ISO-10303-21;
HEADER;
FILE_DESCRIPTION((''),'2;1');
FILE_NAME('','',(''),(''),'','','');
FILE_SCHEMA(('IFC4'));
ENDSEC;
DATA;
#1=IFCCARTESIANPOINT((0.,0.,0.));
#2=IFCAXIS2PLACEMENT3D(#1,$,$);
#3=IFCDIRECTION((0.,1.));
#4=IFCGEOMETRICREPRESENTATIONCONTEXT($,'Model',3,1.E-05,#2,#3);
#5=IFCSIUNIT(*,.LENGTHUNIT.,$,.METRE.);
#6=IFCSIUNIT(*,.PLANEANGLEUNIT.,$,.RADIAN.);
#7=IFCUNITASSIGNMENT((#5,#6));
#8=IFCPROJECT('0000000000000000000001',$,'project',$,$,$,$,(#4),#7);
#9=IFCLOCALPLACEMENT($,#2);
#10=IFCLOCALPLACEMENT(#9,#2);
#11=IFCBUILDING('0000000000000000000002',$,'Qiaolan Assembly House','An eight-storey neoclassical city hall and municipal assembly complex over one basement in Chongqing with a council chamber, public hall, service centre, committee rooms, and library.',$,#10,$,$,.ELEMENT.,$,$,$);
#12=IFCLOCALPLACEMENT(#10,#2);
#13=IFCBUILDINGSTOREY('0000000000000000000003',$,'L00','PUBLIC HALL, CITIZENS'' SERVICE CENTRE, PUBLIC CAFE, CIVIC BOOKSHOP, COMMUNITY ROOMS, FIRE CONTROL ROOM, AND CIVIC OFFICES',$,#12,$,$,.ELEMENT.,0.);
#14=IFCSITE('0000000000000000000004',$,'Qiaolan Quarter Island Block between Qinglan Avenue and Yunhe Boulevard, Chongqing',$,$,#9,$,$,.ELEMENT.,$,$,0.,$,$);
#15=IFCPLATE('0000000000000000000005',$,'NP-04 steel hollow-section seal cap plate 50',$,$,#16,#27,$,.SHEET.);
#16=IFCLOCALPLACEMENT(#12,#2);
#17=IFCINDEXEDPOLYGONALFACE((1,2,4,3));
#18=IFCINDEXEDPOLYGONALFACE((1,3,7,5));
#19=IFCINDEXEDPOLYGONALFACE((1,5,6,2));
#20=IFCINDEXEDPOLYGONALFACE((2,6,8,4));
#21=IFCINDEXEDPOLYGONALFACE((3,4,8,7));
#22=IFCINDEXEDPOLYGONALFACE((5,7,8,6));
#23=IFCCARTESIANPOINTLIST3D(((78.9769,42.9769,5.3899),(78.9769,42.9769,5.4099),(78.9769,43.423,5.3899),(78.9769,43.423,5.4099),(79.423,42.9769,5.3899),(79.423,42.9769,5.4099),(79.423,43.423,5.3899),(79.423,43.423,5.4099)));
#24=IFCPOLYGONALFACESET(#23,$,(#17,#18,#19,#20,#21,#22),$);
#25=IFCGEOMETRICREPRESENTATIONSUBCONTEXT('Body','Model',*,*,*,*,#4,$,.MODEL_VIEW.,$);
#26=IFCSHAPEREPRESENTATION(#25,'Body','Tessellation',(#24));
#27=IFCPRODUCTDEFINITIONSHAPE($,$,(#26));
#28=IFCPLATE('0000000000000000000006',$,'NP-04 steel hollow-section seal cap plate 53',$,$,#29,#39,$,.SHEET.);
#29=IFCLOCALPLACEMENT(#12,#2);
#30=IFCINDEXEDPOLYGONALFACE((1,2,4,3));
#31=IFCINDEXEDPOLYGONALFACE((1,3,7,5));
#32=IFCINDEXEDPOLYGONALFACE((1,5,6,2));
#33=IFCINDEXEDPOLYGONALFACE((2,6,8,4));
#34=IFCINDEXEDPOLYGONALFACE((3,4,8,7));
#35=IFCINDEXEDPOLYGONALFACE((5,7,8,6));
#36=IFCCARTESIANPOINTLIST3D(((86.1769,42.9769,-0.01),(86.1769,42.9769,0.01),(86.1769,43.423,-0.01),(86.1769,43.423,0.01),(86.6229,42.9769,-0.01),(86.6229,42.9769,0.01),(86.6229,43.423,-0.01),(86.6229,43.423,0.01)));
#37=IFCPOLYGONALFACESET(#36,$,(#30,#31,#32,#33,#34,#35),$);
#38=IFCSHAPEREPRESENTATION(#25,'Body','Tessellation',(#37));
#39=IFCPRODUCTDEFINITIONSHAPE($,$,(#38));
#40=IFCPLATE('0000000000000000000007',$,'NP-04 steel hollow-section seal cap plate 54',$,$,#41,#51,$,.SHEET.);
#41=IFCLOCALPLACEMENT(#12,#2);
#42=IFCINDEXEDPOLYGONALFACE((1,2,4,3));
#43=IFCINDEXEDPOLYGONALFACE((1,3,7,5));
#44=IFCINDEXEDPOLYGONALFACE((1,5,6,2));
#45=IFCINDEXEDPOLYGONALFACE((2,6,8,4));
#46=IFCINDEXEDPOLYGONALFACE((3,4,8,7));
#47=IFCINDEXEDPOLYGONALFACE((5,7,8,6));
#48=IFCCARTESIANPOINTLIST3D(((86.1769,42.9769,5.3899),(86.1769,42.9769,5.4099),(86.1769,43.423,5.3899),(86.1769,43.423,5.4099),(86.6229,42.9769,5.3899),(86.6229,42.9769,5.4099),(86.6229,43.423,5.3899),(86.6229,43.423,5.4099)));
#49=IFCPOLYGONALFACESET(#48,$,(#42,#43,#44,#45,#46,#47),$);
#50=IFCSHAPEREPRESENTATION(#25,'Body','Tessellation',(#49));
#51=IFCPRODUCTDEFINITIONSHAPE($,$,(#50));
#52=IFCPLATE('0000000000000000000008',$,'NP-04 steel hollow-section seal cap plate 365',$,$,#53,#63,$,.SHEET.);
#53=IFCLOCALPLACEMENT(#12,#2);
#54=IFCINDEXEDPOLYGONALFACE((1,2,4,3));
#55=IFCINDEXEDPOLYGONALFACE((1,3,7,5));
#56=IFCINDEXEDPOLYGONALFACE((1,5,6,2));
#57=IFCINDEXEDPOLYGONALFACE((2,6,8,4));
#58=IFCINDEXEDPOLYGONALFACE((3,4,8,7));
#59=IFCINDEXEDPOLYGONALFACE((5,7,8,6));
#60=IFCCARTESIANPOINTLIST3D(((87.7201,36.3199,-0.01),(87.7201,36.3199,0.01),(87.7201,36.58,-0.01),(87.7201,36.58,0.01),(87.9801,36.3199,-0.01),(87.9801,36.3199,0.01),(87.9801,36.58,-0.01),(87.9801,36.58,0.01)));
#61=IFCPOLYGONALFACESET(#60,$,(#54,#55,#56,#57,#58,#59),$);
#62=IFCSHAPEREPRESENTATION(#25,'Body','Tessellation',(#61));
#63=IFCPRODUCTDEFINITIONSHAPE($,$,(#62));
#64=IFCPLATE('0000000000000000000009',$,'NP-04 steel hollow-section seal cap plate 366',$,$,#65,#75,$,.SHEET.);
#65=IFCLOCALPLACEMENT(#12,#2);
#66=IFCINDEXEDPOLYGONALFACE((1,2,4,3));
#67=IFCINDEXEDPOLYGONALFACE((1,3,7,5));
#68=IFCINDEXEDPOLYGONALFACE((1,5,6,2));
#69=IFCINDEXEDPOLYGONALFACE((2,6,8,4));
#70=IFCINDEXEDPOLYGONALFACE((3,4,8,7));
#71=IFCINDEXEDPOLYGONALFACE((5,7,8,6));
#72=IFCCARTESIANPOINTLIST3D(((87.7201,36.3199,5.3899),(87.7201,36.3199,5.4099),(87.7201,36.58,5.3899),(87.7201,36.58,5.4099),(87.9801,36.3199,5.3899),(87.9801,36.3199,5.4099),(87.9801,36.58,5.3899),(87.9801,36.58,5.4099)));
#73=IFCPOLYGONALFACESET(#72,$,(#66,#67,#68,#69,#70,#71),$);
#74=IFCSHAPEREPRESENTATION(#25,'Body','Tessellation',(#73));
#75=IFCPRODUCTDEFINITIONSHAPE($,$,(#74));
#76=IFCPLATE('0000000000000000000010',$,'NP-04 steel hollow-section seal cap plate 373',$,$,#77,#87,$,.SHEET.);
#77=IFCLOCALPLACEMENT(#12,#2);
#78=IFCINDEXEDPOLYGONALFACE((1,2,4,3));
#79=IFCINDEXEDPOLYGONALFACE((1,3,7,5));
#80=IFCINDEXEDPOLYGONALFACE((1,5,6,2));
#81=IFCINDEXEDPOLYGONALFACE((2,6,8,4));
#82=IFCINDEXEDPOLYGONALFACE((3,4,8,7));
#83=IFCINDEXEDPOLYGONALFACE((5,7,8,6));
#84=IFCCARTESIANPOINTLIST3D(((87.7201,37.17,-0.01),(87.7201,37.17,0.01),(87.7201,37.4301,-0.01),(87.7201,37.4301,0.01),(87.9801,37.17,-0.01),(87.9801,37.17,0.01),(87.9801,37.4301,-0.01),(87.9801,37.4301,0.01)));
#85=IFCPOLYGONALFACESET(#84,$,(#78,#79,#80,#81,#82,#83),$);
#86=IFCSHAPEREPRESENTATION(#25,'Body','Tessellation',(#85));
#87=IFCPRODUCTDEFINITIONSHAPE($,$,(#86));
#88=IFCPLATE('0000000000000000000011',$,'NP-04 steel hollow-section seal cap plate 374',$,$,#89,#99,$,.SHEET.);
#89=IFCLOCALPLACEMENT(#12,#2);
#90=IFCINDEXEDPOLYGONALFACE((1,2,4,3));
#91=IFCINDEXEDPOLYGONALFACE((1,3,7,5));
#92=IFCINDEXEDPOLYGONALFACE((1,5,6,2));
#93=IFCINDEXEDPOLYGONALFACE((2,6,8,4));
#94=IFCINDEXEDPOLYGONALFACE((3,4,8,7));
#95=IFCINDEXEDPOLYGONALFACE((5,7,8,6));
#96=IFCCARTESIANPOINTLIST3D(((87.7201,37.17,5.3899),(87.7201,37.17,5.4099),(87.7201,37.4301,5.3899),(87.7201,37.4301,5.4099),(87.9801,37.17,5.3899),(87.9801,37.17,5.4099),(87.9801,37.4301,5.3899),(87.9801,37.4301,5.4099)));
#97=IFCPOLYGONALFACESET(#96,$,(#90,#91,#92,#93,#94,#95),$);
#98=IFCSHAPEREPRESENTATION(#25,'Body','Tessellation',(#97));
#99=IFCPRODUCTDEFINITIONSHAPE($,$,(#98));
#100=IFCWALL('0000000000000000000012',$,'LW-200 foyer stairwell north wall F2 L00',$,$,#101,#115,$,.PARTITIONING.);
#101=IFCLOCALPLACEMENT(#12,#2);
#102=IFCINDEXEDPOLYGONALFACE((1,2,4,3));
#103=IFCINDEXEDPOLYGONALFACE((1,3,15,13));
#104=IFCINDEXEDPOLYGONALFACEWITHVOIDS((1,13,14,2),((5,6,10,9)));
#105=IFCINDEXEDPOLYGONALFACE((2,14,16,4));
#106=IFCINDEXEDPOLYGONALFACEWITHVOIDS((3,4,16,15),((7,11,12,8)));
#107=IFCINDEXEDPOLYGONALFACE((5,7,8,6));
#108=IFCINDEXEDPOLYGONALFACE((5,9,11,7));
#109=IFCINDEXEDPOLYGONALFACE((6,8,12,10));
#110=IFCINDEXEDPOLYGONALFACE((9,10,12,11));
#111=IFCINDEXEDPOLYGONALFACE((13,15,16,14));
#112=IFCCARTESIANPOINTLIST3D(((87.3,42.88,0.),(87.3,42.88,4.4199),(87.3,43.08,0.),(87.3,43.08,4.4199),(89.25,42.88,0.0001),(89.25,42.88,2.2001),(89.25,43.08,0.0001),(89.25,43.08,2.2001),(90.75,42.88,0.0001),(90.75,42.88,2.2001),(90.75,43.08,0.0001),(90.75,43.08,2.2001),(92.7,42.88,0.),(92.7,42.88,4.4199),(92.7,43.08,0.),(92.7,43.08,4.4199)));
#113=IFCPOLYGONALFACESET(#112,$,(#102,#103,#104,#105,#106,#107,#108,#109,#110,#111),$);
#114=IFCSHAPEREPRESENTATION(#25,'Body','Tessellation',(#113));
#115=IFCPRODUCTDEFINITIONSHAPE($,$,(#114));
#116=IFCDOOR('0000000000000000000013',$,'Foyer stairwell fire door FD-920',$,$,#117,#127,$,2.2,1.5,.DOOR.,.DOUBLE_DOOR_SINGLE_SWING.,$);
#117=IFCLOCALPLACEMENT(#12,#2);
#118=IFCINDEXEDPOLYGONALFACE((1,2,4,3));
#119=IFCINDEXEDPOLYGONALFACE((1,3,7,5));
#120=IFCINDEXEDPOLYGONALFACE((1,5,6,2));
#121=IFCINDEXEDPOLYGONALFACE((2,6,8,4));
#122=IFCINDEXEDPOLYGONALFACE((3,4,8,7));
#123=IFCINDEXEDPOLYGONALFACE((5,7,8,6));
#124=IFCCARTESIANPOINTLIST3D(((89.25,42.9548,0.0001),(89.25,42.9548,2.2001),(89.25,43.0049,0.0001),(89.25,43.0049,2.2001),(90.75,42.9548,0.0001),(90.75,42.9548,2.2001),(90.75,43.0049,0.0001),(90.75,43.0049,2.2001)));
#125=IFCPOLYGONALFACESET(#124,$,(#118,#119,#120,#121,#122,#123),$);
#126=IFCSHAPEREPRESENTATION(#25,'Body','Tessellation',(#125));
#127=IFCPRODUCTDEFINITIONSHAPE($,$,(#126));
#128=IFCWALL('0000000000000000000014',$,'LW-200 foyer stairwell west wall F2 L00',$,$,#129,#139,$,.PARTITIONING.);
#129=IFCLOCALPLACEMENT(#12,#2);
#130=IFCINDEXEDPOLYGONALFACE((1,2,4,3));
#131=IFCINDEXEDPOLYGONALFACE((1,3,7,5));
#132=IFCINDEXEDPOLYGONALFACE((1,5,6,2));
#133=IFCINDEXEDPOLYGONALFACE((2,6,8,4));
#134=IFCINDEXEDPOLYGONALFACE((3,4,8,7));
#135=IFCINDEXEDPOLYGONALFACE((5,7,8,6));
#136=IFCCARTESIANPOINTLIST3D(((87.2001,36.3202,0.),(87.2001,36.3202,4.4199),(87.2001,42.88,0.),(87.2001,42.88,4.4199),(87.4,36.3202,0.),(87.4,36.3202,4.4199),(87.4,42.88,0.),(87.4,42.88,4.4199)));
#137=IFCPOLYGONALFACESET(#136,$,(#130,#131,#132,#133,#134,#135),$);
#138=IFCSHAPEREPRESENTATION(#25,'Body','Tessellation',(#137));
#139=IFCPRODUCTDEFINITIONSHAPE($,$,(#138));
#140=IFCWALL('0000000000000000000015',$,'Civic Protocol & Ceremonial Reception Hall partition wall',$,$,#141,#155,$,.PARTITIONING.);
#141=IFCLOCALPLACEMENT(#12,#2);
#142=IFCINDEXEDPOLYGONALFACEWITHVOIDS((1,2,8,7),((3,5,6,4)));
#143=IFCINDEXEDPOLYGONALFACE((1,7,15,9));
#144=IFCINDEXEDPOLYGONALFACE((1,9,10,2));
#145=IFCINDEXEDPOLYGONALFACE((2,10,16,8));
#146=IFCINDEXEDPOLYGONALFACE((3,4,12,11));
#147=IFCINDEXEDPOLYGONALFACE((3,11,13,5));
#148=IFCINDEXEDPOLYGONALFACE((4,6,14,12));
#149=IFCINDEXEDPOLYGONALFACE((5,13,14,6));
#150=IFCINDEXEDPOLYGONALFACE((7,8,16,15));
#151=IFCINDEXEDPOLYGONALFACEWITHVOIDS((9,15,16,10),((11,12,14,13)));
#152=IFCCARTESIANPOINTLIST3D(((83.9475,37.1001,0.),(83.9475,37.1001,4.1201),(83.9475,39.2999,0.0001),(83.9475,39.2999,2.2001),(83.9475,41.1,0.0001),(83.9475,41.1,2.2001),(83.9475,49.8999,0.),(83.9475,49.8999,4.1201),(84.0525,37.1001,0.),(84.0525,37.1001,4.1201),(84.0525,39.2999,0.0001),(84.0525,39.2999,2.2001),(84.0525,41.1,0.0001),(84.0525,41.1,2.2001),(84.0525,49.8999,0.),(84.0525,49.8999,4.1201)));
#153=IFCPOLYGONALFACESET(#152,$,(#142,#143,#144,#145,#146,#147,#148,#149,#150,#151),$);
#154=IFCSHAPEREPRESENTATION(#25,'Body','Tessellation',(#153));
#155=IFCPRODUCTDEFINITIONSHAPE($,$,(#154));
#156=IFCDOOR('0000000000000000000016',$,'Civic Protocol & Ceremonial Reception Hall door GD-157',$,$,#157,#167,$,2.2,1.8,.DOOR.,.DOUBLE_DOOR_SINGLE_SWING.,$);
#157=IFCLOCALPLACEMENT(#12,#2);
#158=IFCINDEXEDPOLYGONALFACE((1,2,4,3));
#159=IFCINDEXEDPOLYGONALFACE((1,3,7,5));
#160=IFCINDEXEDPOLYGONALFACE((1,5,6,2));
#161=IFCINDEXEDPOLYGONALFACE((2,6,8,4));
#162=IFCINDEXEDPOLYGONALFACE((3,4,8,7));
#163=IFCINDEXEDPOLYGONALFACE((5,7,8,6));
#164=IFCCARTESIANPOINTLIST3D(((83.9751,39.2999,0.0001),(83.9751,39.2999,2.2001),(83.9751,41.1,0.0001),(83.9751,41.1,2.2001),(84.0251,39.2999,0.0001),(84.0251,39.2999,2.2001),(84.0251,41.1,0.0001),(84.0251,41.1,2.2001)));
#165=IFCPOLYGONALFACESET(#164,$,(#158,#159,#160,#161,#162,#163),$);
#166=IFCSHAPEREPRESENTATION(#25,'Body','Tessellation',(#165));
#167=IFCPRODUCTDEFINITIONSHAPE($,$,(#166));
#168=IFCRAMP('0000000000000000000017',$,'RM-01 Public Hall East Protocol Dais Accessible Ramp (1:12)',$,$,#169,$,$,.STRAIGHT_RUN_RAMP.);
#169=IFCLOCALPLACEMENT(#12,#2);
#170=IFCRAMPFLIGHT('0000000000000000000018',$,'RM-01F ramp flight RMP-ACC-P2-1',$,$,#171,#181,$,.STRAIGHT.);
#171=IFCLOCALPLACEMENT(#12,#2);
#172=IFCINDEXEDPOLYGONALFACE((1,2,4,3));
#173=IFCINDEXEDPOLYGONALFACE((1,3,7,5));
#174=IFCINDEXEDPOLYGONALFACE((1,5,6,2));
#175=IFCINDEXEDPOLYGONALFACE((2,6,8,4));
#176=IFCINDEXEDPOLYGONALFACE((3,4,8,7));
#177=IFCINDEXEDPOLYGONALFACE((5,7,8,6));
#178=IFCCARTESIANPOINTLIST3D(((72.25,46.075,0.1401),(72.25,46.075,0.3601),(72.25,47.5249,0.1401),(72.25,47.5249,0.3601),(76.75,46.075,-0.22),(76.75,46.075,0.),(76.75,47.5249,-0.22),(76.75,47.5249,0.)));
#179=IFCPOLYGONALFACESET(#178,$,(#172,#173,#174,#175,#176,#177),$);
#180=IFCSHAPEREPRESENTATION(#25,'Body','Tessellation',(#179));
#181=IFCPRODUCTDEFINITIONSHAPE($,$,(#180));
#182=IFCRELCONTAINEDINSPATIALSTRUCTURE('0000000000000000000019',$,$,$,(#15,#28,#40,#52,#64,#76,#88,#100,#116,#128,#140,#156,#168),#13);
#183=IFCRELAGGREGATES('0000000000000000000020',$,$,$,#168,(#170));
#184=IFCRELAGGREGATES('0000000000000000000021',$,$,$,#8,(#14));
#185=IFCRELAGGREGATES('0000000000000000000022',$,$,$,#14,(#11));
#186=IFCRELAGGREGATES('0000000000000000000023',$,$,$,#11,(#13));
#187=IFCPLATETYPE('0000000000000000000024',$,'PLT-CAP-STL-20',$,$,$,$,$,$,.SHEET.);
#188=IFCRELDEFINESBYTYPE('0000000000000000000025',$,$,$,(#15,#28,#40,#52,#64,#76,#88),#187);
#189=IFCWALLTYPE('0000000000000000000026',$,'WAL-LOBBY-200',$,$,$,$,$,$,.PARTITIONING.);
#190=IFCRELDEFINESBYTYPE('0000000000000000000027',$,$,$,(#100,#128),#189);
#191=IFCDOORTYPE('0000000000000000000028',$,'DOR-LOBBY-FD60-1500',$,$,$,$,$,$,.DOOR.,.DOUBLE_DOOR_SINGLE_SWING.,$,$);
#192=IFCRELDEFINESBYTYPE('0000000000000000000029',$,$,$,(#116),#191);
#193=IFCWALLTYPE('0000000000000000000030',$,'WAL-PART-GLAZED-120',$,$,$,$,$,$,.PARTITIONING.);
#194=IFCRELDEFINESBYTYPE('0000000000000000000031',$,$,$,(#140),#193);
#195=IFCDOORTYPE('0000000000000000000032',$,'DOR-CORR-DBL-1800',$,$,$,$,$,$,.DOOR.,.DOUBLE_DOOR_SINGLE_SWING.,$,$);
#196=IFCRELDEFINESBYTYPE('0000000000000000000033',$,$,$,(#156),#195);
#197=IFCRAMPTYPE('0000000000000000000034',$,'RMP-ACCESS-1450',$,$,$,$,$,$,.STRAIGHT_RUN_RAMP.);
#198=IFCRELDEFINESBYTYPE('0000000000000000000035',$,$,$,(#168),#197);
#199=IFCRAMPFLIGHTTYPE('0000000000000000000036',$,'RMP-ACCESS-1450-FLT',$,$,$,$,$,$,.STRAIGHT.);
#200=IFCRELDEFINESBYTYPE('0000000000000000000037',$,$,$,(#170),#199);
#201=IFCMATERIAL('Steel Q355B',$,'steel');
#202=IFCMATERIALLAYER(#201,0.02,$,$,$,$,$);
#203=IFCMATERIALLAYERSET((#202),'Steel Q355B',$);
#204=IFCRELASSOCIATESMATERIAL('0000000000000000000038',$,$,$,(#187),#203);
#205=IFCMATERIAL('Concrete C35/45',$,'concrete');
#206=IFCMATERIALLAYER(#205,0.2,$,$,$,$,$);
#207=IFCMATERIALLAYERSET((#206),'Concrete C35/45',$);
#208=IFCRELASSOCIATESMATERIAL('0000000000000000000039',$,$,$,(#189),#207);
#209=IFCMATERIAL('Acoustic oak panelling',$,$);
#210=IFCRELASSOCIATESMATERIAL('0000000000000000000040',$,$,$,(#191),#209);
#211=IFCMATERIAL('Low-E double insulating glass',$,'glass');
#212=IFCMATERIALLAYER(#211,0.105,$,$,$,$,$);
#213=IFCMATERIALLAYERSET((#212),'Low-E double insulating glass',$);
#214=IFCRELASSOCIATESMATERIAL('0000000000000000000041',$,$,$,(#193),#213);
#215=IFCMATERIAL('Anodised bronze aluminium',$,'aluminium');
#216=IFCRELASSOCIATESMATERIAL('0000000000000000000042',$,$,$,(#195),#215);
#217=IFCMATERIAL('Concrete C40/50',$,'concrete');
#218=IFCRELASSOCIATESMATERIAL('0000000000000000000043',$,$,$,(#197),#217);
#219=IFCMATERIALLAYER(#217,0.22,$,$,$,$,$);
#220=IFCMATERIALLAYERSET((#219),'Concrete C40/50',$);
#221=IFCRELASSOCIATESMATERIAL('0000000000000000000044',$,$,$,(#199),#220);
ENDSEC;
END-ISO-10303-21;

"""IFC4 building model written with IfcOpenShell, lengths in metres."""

from ifc_helpers import new_model, si_unit, direction, frame, frame_2d, origin, origin_2d, place, context, subcontext, project, spatial, polyline, rectangle, outline, extrude, material, layer, layer_set, type_object, element, fill, aggregate, save


model = new_model("IFC4")

# Units and contexts
model_context = context("Model", 3, precision=1e-05, world=origin(), true_north=direction((0.0, 1.0)))
body_context = subcontext(model_context, "Body", "Model", "MODEL_VIEW")
ifc_project = project(units=[si_unit("LENGTHUNIT", "METRE"), si_unit("PLANEANGLEUNIT", "RADIAN")], contexts=[model_context])

# Site, building, storey
site_placement = place(None, origin())
site = spatial("IfcSite", under=ifc_project, at=site_placement, Name="Qiaolan Quarter Island Block between Qinglan Avenue and Yunhe Boulevard, Chongqing", CompositionType="ELEMENT", RefElevation=0.0)
building_placement = place(site_placement, origin())
building = spatial("IfcBuilding", under=site, at=building_placement, Name="Qiaolan Assembly House", Description="An eight-storey neoclassical city hall and municipal assembly complex over one basement in Chongqing with a council chamber, public hall, service centre, committee rooms, and library.", CompositionType="ELEMENT")
storey_placement = place(building_placement, origin())
storey = spatial("IfcBuildingStorey", under=building, at=storey_placement, Name="L00", Description="PUBLIC HALL, CITIZENS' SERVICE CENTRE, PUBLIC CAFE, CIVIC BOOKSHOP, COMMUNITY ROOMS, FIRE CONTROL ROOM, AND CIVIC OFFICES", CompositionType="ELEMENT", Elevation=0.0)

# Shared definitions
ifc_material_1 = material(Name="Steel Q355B", Category="steel")

# Plates
ifc_layer_1 = layer(ifc_material_1, 0.02)
ifc_layer_set_1 = layer_set([ifc_layer_1], Name="Steel Q355B")
plate_type = type_object("IfcPlateType", Name="PLT-CAP-STL-20", PredefinedType="SHEET", material=ifc_layer_set_1)
for number, where, z_axis, x_axis, name in (
    (1, (79.2, 43.2, 5.3899), (0.0, 0.0, 1.0), (1.0, 0.0, 0.0), "NP-04 steel hollow-section seal cap plate 50"),
    (2, (86.3999, 43.2, -0.01), (0.0, 0.0, 1.0), (1.0, 0.0, 0.0), "NP-04 steel hollow-section seal cap plate 53"),
    (3, (86.3999, 43.2, 5.3899), (0.0, 0.0, 1.0), (1.0, 0.0, 0.0), "NP-04 steel hollow-section seal cap plate 54"),
):
    element("IfcPlate", number, at=place(storey_placement, frame(where, z_axis=z_axis, x_axis=x_axis)), inside=storey, type_object=plate_type, Name=name, PredefinedType="SHEET", context=body_context, shape_type="SweptSolid", body=[
        extrude(rectangle(XDim=0.446, YDim=0.446, at=origin_2d()), origin(), (0.0, 0.0, 1.0), 0.02),
    ])
for number, where, z_axis, x_axis, name in (
    (4, (87.8501, 36.45, -0.01), (0.0, 0.0, 1.0), (1.0, 0.0, 0.0), "NP-04 steel hollow-section seal cap plate 365"),
    (5, (87.8501, 36.45, 5.3899), (0.0, 0.0, 1.0), (1.0, 0.0, 0.0), "NP-04 steel hollow-section seal cap plate 366"),
    (6, (87.8501, 37.3, -0.01), (0.0, 0.0, 1.0), (1.0, 0.0, 0.0), "NP-04 steel hollow-section seal cap plate 373"),
    (7, (87.8501, 37.3, 5.3899), (0.0, 0.0, 1.0), (1.0, 0.0, 0.0), "NP-04 steel hollow-section seal cap plate 374"),
):
    element("IfcPlate", number, at=place(storey_placement, frame(where, z_axis=z_axis, x_axis=x_axis)), inside=storey, type_object=plate_type, Name=name, PredefinedType="SHEET", context=body_context, shape_type="SweptSolid", body=[
        extrude(rectangle(XDim=0.26, YDim=0.26, at=origin_2d()), origin(), (0.0, 0.0, 1.0), 0.02),
    ])

# Wall, opening, door
ifc_material_2 = material(Name="Concrete C35/45", Category="concrete")
ifc_layer_2 = layer(ifc_material_2, 0.2)
ifc_layer_set_2 = layer_set([ifc_layer_2], Name="Concrete C35/45")
wall_type_1 = type_object("IfcWallType", Name="WAL-LOBBY-200", PredefinedType="PARTITIONING", material=ifc_layer_set_2)
wall_1_placement = place(storey_placement, frame((87.3, 42.98, 0.0), z_axis=(0.0, 0.0, 1.0), x_axis=(1.0, 0.0, 0.0)))
wall_1 = element("IfcWall", 8, at=wall_1_placement, inside=storey, type_object=wall_type_1, Name="LW-200 foyer stairwell north wall F2 L00", PredefinedType="PARTITIONING", context=body_context, shape_type="SweptSolid", body=[
    extrude(rectangle(XDim=5.3999, YDim=0.2, at=frame_2d((2.7, 0.0))), origin(), (0.0, 0.0, 1.0), 4.4199),
])
opening_1_placement = place(wall_1_placement, frame((1.95, 0.0, 0.0)))
opening_1 = element("IfcOpeningElement", 9, at=opening_1_placement, cuts=wall_1, PredefinedType="OPENING", context=body_context, shape_type="SweptSolid", body=[
    extrude(rectangle(XDim=1.5, YDim=2.2, at=frame_2d((0.75, 1.1001))), frame((0.0, 0.1099, 0.0), z_axis=(0.0, -1.0, 0.0), x_axis=(1.0, 0.0, 0.0)), (0.0, 0.0, 1.0), 0.22),
])
ifc_material_3 = material(Name="Acoustic oak panelling")
door_type_1 = type_object("IfcDoorType", Name="DOR-LOBBY-FD60-1500", OperationType="DOUBLE_DOOR_SINGLE_SWING", PredefinedType="DOOR", material=ifc_material_3)
door_1_placement = place(opening_1_placement, origin())
door_1 = element("IfcDoor", 10, at=door_1_placement, inside=storey, type_object=door_type_1, Name="Foyer stairwell fire door FD-920", OperationType="DOUBLE_DOOR_SINGLE_SWING", OverallHeight=2.2, OverallWidth=1.5, PredefinedType="DOOR", context=body_context, shape_type="SweptSolid", body=[
    extrude(rectangle(XDim=1.5, YDim=2.2, at=frame_2d((0.75, 1.1001))), frame((0.0, 0.0249, 0.0), z_axis=(0.0, -1.0, 0.0), x_axis=(1.0, 0.0, 0.0)), (0.0, 0.0, 1.0), 0.05),
])
fill(opening_1, door_1)

# Wall
wall_2_placement = place(storey_placement, frame((87.3, 42.8799, 0.0), z_axis=(0.0, 0.0, 1.0), x_axis=(0.0, -1.0, 0.0)))
element("IfcWall", 11, at=wall_2_placement, inside=storey, type_object=wall_type_1, Name="LW-200 foyer stairwell west wall F2 L00", PredefinedType="PARTITIONING", context=body_context, shape_type="SweptSolid", body=[
    extrude(rectangle(XDim=6.5598, YDim=0.2, at=frame_2d((3.2798, 0.0))), origin(), (0.0, 0.0, 1.0), 4.4199),
])

# Wall, opening, door
ifc_material_4 = material(Name="Low-E double insulating glass", Category="glass")
ifc_layer_3 = layer(ifc_material_4, 0.105)
ifc_layer_set_3 = layer_set([ifc_layer_3], Name="Low-E double insulating glass")
wall_type_2 = type_object("IfcWallType", Name="WAL-PART-GLAZED-120", PredefinedType="PARTITIONING", material=ifc_layer_set_3)
wall_3_placement = place(storey_placement, frame((84.0, 37.1001, 0.0), z_axis=(0.0, 0.0, 1.0), x_axis=(0.0, 1.0, 0.0)))
wall_3 = element("IfcWall", 12, at=wall_3_placement, inside=storey, type_object=wall_type_2, Name="Civic Protocol & Ceremonial Reception Hall partition wall", PredefinedType="PARTITIONING", context=body_context, shape_type="SweptSolid", body=[
    extrude(rectangle(XDim=12.7998, YDim=0.105, at=frame_2d((6.3999, 0.0))), origin(), (0.0, 0.0, 1.0), 4.1201),
])
opening_2_placement = place(wall_3_placement, frame((2.2, 0.0, 0.0)))
opening_2 = element("IfcOpeningElement", 13, at=opening_2_placement, cuts=wall_3, PredefinedType="OPENING", context=body_context, shape_type="SweptSolid", body=[
    extrude(rectangle(XDim=1.8, YDim=2.2, at=frame_2d((0.8999, 1.1001))), frame((0.0, 0.0625, 0.0), z_axis=(0.0, -1.0, 0.0), x_axis=(1.0, 0.0, 0.0)), (0.0, 0.0, 1.0), 0.125),
])
ifc_material_5 = material(Name="Anodised bronze aluminium", Category="aluminium")
door_type_2 = type_object("IfcDoorType", Name="DOR-CORR-DBL-1800", OperationType="DOUBLE_DOOR_SINGLE_SWING", PredefinedType="DOOR", material=ifc_material_5)
door_2_placement = place(opening_2_placement, origin())
door_2 = element("IfcDoor", 14, at=door_2_placement, inside=storey, type_object=door_type_2, Name="Civic Protocol & Ceremonial Reception Hall door GD-157", OperationType="DOUBLE_DOOR_SINGLE_SWING", OverallHeight=2.2, OverallWidth=1.8, PredefinedType="DOOR", context=body_context, shape_type="SweptSolid", body=[
    extrude(rectangle(XDim=1.8, YDim=2.2, at=frame_2d((0.8999, 1.1001))), frame((0.0, 0.0249, 0.0), z_axis=(0.0, -1.0, 0.0), x_axis=(1.0, 0.0, 0.0)), (0.0, 0.0, 1.0), 0.05),
])
fill(opening_2, door_2)

# Ramp, ramp flight
ifc_material_6 = material(Name="Concrete C40/50", Category="concrete")
ramp_type = type_object("IfcRampType", Name="RMP-ACCESS-1450", PredefinedType="STRAIGHT_RUN_RAMP", material=ifc_material_6)
ramp_placement = place(storey_placement, origin())
ramp = element("IfcRamp", 15, at=ramp_placement, inside=storey, type_object=ramp_type, Name="RM-01 Public Hall East Protocol Dais Accessible Ramp (1:12)", PredefinedType="STRAIGHT_RUN_RAMP")
ifc_layer_4 = layer(ifc_material_6, 0.22)
ifc_layer_set_4 = layer_set([ifc_layer_4], Name="Concrete C40/50")
ramp_flight_type = type_object("IfcRampFlightType", Name="RMP-ACCESS-1450-FLT", PredefinedType="STRAIGHT", material=ifc_layer_set_4)
ramp_flight_placement = place(storey_placement, frame((76.75, 46.8, 0.0), z_axis=(0.0, 0.0, 1.0), x_axis=(-1.0, 0.0, 0.0)))
ramp_flight = element("IfcRampFlight", 16, at=ramp_flight_placement, type_object=ramp_flight_type, Name="RM-01F ramp flight RMP-ACC-P2-1", PredefinedType="STRAIGHT", context=body_context, shape_type="SweptSolid", body=[
    extrude(outline(polyline([(0.0, -0.22), (0.0, 0.0), (4.5, 0.3601), (4.5, 0.1401), (0.0, -0.22)])), frame((0.0, 0.7251, 0.0), z_axis=(0.0, -1.0, 0.0), x_axis=(1.0, 0.0, 0.0)), (0.0, 0.0, 1.0), 1.45),
])
aggregate(ramp, [ramp_flight])

save(model, "model.ifc")
